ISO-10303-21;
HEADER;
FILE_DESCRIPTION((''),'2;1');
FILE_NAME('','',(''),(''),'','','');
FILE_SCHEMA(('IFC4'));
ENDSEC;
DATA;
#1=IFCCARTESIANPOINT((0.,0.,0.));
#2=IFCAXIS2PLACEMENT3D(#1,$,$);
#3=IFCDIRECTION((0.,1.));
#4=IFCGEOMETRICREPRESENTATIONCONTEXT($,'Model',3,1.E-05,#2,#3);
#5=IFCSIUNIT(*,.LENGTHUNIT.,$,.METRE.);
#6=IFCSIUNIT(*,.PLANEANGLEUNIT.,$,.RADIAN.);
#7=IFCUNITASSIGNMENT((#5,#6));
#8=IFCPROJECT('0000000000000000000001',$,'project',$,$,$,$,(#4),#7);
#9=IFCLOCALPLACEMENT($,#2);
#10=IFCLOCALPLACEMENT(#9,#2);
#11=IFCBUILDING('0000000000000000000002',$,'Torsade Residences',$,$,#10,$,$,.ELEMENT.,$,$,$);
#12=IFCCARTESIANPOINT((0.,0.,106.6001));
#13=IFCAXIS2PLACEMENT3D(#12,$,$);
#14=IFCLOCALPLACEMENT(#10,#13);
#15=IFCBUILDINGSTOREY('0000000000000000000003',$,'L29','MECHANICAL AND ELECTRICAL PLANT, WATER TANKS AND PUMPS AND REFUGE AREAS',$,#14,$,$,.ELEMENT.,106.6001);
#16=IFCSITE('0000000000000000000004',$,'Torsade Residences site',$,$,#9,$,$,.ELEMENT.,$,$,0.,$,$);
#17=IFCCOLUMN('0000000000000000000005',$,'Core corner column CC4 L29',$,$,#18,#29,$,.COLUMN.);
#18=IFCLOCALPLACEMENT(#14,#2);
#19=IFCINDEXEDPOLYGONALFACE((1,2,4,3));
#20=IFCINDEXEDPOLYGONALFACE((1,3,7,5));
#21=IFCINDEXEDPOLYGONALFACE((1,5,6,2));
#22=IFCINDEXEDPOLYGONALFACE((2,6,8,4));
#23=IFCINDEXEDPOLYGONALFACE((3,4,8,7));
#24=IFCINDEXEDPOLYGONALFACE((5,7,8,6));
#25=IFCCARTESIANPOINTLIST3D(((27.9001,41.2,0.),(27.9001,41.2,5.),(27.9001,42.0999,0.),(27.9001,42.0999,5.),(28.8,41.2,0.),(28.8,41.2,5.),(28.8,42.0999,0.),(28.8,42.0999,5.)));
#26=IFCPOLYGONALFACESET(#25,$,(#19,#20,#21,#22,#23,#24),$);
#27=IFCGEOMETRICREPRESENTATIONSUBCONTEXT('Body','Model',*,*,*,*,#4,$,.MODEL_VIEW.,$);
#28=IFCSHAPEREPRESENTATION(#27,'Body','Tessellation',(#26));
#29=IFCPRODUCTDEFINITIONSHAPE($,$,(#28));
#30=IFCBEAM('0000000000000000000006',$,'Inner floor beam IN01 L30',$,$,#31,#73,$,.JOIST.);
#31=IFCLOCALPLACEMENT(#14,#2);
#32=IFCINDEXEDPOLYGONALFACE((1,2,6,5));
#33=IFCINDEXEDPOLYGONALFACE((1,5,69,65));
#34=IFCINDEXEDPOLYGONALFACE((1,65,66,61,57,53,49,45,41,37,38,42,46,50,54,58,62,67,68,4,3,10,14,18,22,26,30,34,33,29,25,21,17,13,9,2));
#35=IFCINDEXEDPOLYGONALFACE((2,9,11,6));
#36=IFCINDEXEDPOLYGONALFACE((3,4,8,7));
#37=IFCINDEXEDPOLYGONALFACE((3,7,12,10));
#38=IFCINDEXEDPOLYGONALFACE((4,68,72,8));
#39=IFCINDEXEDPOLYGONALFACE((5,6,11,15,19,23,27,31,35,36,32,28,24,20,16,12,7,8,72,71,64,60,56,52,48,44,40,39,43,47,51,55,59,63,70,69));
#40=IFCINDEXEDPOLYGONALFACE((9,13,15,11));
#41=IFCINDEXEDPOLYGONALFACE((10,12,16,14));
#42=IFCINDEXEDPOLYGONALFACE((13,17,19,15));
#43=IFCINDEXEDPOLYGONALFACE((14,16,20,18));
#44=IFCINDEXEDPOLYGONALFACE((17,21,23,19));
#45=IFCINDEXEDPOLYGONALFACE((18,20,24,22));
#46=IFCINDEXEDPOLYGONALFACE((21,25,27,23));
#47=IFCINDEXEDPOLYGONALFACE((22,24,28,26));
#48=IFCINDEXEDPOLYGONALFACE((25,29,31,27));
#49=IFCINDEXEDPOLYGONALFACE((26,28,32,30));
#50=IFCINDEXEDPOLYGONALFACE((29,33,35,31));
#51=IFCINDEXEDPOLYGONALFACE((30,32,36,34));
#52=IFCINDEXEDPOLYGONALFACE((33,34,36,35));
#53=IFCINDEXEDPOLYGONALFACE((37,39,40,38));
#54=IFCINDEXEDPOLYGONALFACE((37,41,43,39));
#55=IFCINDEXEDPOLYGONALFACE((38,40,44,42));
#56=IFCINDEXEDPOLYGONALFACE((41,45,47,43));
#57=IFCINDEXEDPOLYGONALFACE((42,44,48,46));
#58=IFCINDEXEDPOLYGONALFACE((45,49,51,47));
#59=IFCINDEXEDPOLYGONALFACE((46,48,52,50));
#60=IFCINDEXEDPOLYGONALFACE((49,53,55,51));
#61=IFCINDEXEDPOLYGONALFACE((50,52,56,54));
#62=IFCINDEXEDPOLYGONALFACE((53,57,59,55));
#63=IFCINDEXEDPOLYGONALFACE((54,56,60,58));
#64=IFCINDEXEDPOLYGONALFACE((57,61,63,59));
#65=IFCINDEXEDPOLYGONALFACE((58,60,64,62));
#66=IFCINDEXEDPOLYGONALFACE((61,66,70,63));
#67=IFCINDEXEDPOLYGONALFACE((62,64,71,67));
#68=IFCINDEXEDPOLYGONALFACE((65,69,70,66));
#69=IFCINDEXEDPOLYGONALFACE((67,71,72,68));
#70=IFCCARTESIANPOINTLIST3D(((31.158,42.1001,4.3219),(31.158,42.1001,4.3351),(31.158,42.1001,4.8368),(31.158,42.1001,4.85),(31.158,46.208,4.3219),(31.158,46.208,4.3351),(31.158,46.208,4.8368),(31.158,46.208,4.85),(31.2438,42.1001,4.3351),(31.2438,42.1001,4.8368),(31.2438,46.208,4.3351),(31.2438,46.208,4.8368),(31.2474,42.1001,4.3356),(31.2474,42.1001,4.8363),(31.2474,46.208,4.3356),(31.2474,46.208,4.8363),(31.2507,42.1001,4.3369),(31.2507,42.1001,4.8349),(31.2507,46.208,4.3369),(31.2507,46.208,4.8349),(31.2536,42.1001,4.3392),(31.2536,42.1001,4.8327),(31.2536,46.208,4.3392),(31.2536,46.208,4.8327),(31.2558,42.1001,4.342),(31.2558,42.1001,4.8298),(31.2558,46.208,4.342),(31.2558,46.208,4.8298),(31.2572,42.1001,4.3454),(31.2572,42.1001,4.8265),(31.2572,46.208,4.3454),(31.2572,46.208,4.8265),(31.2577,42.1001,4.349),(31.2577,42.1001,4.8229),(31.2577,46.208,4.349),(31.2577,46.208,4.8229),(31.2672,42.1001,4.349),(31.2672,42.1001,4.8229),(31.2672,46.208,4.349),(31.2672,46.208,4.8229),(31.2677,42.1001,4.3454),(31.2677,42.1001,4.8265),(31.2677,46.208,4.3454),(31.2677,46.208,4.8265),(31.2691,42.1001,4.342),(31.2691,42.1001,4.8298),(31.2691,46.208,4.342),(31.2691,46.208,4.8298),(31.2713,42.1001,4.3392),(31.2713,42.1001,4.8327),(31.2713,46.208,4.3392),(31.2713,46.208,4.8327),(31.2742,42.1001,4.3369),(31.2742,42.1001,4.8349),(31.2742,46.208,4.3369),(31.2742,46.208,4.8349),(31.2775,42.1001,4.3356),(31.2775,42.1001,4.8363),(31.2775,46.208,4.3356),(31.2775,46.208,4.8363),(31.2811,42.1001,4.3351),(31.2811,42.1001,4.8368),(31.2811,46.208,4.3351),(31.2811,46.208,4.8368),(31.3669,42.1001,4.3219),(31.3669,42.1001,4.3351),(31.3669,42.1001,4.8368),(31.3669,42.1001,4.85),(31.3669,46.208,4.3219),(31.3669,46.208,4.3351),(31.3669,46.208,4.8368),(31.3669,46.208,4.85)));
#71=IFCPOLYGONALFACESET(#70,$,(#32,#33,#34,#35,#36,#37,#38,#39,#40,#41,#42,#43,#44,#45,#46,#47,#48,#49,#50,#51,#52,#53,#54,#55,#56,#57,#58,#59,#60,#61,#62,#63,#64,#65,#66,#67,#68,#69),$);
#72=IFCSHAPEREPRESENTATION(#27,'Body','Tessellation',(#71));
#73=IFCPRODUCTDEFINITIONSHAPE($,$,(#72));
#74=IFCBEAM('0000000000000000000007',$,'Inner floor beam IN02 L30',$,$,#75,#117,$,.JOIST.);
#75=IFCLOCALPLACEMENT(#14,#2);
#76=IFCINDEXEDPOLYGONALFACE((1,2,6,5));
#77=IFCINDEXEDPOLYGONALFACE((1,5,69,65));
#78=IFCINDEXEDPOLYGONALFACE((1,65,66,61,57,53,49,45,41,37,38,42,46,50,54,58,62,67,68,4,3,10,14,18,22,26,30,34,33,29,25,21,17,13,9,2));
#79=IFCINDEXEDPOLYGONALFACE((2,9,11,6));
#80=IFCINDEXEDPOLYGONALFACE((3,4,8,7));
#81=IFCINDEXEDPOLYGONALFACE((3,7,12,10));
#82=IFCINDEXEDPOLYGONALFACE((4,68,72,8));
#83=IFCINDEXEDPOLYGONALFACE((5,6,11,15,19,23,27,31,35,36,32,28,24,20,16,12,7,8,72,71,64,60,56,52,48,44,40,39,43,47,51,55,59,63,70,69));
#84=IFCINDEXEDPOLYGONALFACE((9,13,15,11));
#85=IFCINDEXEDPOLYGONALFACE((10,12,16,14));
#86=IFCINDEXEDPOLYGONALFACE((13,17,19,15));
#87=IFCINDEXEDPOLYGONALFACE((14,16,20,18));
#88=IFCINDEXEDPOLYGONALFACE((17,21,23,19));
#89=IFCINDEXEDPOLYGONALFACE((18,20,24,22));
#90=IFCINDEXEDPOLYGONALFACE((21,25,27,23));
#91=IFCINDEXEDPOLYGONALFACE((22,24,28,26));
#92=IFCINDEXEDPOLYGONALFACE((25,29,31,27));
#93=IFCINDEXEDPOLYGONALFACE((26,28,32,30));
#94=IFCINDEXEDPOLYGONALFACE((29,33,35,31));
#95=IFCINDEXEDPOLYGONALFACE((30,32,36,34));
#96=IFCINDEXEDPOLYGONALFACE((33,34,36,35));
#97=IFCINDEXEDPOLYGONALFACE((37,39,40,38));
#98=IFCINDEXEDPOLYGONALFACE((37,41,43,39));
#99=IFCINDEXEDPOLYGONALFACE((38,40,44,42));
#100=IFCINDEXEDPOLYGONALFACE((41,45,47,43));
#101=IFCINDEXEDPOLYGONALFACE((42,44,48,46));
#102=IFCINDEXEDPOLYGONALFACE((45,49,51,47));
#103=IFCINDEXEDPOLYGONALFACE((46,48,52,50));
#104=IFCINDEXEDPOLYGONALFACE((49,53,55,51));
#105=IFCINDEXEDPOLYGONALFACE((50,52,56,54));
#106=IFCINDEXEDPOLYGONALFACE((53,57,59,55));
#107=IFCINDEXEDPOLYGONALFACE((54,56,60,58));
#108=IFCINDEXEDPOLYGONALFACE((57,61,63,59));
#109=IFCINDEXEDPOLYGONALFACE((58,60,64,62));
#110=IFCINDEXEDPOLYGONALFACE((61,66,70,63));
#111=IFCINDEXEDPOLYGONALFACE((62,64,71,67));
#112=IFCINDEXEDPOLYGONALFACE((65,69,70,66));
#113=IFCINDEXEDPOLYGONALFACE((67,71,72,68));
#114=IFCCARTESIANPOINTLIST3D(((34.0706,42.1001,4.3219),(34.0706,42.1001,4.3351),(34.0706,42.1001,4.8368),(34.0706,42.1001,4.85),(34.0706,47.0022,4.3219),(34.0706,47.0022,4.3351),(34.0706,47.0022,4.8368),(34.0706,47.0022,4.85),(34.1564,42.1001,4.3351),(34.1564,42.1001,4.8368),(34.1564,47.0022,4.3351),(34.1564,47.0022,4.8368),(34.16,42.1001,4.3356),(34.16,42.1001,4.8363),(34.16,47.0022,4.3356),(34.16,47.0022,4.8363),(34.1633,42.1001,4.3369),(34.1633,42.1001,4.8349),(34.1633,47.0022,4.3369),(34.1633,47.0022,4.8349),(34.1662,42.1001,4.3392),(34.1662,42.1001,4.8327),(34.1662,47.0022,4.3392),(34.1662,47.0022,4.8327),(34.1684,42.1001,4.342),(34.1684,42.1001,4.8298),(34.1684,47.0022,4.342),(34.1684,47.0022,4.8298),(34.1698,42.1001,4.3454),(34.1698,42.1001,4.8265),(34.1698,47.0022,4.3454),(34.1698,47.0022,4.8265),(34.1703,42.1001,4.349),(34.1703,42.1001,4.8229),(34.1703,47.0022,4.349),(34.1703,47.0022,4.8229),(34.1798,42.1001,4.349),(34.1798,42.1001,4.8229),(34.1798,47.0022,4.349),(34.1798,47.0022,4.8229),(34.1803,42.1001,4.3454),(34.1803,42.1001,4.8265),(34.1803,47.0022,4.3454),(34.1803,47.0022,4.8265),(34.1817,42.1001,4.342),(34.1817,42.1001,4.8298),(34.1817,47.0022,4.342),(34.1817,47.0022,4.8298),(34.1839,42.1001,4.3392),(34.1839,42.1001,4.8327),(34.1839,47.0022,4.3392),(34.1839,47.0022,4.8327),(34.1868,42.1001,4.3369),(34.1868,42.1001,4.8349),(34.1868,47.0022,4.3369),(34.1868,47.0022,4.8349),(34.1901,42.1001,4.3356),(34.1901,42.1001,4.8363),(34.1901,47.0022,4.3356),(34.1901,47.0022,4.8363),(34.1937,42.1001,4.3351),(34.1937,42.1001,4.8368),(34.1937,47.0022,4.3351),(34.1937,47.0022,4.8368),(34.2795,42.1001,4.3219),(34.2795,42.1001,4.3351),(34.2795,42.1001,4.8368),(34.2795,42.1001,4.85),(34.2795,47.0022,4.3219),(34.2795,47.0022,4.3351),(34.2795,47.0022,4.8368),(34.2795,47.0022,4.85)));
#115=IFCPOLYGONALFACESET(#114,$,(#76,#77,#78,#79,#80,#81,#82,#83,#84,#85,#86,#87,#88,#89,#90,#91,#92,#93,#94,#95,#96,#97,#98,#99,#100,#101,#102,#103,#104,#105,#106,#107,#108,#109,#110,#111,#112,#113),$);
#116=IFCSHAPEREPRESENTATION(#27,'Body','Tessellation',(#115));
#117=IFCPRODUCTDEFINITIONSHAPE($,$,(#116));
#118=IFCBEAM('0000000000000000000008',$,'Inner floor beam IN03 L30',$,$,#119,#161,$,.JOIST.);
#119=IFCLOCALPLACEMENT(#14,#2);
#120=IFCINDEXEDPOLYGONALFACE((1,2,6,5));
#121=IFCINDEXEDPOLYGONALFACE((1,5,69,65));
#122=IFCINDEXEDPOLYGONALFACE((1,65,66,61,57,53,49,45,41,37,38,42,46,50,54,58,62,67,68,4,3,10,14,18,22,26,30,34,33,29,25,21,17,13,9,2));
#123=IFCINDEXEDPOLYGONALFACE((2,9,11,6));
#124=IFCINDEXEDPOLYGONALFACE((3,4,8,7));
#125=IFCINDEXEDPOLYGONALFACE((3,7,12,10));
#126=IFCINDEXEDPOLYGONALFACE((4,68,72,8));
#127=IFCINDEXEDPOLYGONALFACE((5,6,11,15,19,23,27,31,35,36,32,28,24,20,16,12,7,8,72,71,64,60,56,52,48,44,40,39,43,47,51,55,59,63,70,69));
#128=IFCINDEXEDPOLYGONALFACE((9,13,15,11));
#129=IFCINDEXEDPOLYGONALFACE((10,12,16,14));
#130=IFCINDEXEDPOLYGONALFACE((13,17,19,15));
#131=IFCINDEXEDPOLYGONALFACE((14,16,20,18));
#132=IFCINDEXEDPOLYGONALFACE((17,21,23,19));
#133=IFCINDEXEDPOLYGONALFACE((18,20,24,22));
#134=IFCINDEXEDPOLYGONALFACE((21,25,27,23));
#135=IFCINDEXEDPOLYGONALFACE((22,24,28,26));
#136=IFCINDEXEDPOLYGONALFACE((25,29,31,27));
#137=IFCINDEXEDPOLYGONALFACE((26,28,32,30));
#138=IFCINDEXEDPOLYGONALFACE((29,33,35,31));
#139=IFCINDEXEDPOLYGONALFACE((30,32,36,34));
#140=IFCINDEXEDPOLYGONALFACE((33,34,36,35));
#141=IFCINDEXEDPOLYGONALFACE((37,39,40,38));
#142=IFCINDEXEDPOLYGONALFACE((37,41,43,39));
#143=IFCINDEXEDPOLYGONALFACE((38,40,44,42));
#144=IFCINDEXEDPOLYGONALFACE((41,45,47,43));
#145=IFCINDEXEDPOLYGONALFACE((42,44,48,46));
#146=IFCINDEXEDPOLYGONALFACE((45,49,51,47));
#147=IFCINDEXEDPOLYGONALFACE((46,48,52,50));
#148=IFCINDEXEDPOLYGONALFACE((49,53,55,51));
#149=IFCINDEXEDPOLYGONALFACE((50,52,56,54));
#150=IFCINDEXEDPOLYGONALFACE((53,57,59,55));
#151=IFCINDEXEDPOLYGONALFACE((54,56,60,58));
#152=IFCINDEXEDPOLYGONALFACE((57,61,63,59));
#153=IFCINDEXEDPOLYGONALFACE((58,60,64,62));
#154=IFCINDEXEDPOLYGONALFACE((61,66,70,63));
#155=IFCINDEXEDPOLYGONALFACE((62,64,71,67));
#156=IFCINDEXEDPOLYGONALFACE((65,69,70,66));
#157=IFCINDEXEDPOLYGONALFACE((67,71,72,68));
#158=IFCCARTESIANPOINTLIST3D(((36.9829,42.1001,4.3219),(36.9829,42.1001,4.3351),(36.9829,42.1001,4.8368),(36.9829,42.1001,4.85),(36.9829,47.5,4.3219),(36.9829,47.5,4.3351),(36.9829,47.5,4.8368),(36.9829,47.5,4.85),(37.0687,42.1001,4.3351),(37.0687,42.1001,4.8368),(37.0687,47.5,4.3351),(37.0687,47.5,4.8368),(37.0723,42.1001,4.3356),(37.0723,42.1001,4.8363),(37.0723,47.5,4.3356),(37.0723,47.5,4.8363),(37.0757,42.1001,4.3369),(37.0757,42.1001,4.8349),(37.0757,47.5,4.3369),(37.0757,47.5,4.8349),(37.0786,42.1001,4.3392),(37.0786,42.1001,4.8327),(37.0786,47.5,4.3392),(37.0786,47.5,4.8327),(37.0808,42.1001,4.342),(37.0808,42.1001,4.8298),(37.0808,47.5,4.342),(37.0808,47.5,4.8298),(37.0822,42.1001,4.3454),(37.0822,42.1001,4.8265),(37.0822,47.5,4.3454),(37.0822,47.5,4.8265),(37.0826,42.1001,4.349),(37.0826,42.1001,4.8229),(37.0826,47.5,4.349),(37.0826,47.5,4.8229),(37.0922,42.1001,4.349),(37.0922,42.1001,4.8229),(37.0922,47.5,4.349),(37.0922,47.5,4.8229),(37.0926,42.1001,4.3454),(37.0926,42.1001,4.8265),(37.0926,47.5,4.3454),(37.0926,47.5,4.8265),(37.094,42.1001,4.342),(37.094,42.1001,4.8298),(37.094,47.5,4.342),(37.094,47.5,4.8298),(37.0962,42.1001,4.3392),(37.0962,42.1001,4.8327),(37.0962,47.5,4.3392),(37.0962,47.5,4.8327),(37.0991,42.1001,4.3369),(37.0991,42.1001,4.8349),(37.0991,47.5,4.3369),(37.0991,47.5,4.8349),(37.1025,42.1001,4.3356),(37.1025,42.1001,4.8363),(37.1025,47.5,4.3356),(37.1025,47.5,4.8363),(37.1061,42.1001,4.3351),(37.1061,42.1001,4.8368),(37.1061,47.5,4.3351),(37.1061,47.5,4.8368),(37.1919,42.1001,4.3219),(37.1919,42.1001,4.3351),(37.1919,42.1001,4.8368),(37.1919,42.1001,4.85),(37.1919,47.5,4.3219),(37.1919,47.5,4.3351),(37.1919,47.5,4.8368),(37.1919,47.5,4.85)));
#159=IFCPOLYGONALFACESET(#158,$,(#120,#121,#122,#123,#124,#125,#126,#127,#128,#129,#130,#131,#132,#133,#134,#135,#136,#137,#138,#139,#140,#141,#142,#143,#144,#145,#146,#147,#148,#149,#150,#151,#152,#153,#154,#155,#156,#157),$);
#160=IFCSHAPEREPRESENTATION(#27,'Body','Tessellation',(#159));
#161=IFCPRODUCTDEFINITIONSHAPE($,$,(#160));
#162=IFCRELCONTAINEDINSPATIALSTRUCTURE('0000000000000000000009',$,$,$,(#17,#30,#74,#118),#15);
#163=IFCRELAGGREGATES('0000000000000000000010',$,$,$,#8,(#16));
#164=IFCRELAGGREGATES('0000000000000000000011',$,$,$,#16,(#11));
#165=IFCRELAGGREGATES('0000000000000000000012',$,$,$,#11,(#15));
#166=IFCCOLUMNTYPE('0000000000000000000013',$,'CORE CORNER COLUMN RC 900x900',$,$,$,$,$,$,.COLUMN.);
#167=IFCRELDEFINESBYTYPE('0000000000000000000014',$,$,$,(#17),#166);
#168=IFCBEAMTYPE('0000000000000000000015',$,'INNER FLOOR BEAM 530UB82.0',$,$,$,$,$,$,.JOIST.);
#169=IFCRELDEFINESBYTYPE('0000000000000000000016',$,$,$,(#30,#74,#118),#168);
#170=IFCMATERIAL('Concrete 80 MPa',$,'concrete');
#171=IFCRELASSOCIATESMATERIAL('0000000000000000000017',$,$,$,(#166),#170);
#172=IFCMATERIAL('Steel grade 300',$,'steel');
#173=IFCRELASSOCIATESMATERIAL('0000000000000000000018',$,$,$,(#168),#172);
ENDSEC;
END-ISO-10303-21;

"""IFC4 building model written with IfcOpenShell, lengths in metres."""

from ifc_helpers import new_model, si_unit, direction, frame, origin, origin_2d, place, context, subcontext, project, spatial, rectangle, i_section, extrude, material, material_profile, profile_set, type_object, element, save


model = new_model("IFC4")

# Units and contexts
model_context = context("Model", 3, precision=1e-05, world=origin(), true_north=direction((0.0, 1.0)))
body_context = subcontext(model_context, "Body", "Model", "MODEL_VIEW")
ifc_project = project(units=[si_unit("LENGTHUNIT", "METRE"), si_unit("PLANEANGLEUNIT", "RADIAN")], contexts=[model_context])

# Site, building, storey
site_placement = place(None, origin())
site = spatial("IfcSite", under=ifc_project, at=site_placement, Name="Torsade Residences site", CompositionType="ELEMENT", RefElevation=0.0)
building_placement = place(site_placement, origin())
building = spatial("IfcBuilding", under=site, at=building_placement, Name="Torsade Residences", CompositionType="ELEMENT")
storey_placement = place(building_placement, frame((0.0, 0.0, 106.6001)))
storey = spatial("IfcBuildingStorey", under=building, at=storey_placement, Name="L29", Description="MECHANICAL AND ELECTRICAL PLANT, WATER TANKS AND PUMPS AND REFUGE AREAS", CompositionType="ELEMENT", Elevation=106.6001)

# Column
ifc_material_1 = material(Name="Concrete 80 MPa", Category="concrete")
ifc_material_profile_1 = material_profile(ifc_material_1, rectangle(XDim=0.8999, YDim=0.8999, at=origin_2d()), Name="RC 900x900")
ifc_profile_set_1 = profile_set([ifc_material_profile_1], Name="Concrete 80 MPa")
column_type = type_object("IfcColumnType", Name="CORE CORNER COLUMN RC 900x900", PredefinedType="COLUMN", material=ifc_profile_set_1)
column_placement = place(storey_placement, frame((28.3501, 41.6499, 0.0), z_axis=(0.0, 0.0, 1.0), x_axis=(1.0, 0.0, 0.0)))
element("IfcColumn", 1, at=column_placement, inside=storey, type_object=column_type, Name="Core corner column CC4 L29", PredefinedType="COLUMN", context=body_context, shape_type="SweptSolid", body=[
    extrude(rectangle(XDim=0.8999, YDim=0.8999, at=origin_2d()), origin(), (0.0, 0.0, 1.0), 5.0),
])

# Beams
ifc_material_2 = material(Name="Steel grade 300", Category="steel")
ifc_material_profile_2 = material_profile(ifc_material_2, i_section(OverallWidth=0.209, OverallDepth=0.5281, WebThickness=0.0095, FlangeThickness=0.0132, FilletRadius=0.0139, at=origin_2d()), Name="530UB82.0")
ifc_profile_set_2 = profile_set([ifc_material_profile_2], Name="Steel grade 300")
beam_type = type_object("IfcBeamType", Name="INNER FLOOR BEAM 530UB82.0", PredefinedType="JOIST", material=ifc_profile_set_2)
beam_1_placement = place(storey_placement, frame((31.2625, 42.1001, 4.5859), z_axis=(0.0, 1.0, 0.0), x_axis=(-1.0, 0.0, 0.0)))
element("IfcBeam", 2, at=beam_1_placement, inside=storey, type_object=beam_type, Name="Inner floor beam IN01 L30", PredefinedType="JOIST", context=body_context, shape_type="SweptSolid", body=[
    extrude(i_section(OverallWidth=0.209, OverallDepth=0.5281, WebThickness=0.0095, FlangeThickness=0.0132, FilletRadius=0.0139, at=origin_2d()), origin(), (0.0, 0.0, 1.0), 4.1079),
])
beam_2_placement = place(storey_placement, frame((34.175, 42.1001, 4.5859), z_axis=(0.0, 1.0, 0.0), x_axis=(-1.0, 0.0, 0.0)))
element("IfcBeam", 3, at=beam_2_placement, inside=storey, type_object=beam_type, Name="Inner floor beam IN02 L30", PredefinedType="JOIST", context=body_context, shape_type="SweptSolid", body=[
    extrude(i_section(OverallWidth=0.209, OverallDepth=0.5281, WebThickness=0.0095, FlangeThickness=0.0132, FilletRadius=0.0139, at=origin_2d()), origin(), (0.0, 0.0, 1.0), 4.9021),
])
beam_3_placement = place(storey_placement, frame((37.0874, 42.1001, 4.5859), z_axis=(0.0, 1.0, 0.0), x_axis=(-1.0, 0.0, 0.0)))
element("IfcBeam", 4, at=beam_3_placement, inside=storey, type_object=beam_type, Name="Inner floor beam IN03 L30", PredefinedType="JOIST", context=body_context, shape_type="SweptSolid", body=[
    extrude(i_section(OverallWidth=0.209, OverallDepth=0.5281, WebThickness=0.0095, FlangeThickness=0.0132, FilletRadius=0.0139, at=origin_2d()), origin(), (0.0, 0.0, 1.0), 5.3999),
])

save(model, "model.ifc")
